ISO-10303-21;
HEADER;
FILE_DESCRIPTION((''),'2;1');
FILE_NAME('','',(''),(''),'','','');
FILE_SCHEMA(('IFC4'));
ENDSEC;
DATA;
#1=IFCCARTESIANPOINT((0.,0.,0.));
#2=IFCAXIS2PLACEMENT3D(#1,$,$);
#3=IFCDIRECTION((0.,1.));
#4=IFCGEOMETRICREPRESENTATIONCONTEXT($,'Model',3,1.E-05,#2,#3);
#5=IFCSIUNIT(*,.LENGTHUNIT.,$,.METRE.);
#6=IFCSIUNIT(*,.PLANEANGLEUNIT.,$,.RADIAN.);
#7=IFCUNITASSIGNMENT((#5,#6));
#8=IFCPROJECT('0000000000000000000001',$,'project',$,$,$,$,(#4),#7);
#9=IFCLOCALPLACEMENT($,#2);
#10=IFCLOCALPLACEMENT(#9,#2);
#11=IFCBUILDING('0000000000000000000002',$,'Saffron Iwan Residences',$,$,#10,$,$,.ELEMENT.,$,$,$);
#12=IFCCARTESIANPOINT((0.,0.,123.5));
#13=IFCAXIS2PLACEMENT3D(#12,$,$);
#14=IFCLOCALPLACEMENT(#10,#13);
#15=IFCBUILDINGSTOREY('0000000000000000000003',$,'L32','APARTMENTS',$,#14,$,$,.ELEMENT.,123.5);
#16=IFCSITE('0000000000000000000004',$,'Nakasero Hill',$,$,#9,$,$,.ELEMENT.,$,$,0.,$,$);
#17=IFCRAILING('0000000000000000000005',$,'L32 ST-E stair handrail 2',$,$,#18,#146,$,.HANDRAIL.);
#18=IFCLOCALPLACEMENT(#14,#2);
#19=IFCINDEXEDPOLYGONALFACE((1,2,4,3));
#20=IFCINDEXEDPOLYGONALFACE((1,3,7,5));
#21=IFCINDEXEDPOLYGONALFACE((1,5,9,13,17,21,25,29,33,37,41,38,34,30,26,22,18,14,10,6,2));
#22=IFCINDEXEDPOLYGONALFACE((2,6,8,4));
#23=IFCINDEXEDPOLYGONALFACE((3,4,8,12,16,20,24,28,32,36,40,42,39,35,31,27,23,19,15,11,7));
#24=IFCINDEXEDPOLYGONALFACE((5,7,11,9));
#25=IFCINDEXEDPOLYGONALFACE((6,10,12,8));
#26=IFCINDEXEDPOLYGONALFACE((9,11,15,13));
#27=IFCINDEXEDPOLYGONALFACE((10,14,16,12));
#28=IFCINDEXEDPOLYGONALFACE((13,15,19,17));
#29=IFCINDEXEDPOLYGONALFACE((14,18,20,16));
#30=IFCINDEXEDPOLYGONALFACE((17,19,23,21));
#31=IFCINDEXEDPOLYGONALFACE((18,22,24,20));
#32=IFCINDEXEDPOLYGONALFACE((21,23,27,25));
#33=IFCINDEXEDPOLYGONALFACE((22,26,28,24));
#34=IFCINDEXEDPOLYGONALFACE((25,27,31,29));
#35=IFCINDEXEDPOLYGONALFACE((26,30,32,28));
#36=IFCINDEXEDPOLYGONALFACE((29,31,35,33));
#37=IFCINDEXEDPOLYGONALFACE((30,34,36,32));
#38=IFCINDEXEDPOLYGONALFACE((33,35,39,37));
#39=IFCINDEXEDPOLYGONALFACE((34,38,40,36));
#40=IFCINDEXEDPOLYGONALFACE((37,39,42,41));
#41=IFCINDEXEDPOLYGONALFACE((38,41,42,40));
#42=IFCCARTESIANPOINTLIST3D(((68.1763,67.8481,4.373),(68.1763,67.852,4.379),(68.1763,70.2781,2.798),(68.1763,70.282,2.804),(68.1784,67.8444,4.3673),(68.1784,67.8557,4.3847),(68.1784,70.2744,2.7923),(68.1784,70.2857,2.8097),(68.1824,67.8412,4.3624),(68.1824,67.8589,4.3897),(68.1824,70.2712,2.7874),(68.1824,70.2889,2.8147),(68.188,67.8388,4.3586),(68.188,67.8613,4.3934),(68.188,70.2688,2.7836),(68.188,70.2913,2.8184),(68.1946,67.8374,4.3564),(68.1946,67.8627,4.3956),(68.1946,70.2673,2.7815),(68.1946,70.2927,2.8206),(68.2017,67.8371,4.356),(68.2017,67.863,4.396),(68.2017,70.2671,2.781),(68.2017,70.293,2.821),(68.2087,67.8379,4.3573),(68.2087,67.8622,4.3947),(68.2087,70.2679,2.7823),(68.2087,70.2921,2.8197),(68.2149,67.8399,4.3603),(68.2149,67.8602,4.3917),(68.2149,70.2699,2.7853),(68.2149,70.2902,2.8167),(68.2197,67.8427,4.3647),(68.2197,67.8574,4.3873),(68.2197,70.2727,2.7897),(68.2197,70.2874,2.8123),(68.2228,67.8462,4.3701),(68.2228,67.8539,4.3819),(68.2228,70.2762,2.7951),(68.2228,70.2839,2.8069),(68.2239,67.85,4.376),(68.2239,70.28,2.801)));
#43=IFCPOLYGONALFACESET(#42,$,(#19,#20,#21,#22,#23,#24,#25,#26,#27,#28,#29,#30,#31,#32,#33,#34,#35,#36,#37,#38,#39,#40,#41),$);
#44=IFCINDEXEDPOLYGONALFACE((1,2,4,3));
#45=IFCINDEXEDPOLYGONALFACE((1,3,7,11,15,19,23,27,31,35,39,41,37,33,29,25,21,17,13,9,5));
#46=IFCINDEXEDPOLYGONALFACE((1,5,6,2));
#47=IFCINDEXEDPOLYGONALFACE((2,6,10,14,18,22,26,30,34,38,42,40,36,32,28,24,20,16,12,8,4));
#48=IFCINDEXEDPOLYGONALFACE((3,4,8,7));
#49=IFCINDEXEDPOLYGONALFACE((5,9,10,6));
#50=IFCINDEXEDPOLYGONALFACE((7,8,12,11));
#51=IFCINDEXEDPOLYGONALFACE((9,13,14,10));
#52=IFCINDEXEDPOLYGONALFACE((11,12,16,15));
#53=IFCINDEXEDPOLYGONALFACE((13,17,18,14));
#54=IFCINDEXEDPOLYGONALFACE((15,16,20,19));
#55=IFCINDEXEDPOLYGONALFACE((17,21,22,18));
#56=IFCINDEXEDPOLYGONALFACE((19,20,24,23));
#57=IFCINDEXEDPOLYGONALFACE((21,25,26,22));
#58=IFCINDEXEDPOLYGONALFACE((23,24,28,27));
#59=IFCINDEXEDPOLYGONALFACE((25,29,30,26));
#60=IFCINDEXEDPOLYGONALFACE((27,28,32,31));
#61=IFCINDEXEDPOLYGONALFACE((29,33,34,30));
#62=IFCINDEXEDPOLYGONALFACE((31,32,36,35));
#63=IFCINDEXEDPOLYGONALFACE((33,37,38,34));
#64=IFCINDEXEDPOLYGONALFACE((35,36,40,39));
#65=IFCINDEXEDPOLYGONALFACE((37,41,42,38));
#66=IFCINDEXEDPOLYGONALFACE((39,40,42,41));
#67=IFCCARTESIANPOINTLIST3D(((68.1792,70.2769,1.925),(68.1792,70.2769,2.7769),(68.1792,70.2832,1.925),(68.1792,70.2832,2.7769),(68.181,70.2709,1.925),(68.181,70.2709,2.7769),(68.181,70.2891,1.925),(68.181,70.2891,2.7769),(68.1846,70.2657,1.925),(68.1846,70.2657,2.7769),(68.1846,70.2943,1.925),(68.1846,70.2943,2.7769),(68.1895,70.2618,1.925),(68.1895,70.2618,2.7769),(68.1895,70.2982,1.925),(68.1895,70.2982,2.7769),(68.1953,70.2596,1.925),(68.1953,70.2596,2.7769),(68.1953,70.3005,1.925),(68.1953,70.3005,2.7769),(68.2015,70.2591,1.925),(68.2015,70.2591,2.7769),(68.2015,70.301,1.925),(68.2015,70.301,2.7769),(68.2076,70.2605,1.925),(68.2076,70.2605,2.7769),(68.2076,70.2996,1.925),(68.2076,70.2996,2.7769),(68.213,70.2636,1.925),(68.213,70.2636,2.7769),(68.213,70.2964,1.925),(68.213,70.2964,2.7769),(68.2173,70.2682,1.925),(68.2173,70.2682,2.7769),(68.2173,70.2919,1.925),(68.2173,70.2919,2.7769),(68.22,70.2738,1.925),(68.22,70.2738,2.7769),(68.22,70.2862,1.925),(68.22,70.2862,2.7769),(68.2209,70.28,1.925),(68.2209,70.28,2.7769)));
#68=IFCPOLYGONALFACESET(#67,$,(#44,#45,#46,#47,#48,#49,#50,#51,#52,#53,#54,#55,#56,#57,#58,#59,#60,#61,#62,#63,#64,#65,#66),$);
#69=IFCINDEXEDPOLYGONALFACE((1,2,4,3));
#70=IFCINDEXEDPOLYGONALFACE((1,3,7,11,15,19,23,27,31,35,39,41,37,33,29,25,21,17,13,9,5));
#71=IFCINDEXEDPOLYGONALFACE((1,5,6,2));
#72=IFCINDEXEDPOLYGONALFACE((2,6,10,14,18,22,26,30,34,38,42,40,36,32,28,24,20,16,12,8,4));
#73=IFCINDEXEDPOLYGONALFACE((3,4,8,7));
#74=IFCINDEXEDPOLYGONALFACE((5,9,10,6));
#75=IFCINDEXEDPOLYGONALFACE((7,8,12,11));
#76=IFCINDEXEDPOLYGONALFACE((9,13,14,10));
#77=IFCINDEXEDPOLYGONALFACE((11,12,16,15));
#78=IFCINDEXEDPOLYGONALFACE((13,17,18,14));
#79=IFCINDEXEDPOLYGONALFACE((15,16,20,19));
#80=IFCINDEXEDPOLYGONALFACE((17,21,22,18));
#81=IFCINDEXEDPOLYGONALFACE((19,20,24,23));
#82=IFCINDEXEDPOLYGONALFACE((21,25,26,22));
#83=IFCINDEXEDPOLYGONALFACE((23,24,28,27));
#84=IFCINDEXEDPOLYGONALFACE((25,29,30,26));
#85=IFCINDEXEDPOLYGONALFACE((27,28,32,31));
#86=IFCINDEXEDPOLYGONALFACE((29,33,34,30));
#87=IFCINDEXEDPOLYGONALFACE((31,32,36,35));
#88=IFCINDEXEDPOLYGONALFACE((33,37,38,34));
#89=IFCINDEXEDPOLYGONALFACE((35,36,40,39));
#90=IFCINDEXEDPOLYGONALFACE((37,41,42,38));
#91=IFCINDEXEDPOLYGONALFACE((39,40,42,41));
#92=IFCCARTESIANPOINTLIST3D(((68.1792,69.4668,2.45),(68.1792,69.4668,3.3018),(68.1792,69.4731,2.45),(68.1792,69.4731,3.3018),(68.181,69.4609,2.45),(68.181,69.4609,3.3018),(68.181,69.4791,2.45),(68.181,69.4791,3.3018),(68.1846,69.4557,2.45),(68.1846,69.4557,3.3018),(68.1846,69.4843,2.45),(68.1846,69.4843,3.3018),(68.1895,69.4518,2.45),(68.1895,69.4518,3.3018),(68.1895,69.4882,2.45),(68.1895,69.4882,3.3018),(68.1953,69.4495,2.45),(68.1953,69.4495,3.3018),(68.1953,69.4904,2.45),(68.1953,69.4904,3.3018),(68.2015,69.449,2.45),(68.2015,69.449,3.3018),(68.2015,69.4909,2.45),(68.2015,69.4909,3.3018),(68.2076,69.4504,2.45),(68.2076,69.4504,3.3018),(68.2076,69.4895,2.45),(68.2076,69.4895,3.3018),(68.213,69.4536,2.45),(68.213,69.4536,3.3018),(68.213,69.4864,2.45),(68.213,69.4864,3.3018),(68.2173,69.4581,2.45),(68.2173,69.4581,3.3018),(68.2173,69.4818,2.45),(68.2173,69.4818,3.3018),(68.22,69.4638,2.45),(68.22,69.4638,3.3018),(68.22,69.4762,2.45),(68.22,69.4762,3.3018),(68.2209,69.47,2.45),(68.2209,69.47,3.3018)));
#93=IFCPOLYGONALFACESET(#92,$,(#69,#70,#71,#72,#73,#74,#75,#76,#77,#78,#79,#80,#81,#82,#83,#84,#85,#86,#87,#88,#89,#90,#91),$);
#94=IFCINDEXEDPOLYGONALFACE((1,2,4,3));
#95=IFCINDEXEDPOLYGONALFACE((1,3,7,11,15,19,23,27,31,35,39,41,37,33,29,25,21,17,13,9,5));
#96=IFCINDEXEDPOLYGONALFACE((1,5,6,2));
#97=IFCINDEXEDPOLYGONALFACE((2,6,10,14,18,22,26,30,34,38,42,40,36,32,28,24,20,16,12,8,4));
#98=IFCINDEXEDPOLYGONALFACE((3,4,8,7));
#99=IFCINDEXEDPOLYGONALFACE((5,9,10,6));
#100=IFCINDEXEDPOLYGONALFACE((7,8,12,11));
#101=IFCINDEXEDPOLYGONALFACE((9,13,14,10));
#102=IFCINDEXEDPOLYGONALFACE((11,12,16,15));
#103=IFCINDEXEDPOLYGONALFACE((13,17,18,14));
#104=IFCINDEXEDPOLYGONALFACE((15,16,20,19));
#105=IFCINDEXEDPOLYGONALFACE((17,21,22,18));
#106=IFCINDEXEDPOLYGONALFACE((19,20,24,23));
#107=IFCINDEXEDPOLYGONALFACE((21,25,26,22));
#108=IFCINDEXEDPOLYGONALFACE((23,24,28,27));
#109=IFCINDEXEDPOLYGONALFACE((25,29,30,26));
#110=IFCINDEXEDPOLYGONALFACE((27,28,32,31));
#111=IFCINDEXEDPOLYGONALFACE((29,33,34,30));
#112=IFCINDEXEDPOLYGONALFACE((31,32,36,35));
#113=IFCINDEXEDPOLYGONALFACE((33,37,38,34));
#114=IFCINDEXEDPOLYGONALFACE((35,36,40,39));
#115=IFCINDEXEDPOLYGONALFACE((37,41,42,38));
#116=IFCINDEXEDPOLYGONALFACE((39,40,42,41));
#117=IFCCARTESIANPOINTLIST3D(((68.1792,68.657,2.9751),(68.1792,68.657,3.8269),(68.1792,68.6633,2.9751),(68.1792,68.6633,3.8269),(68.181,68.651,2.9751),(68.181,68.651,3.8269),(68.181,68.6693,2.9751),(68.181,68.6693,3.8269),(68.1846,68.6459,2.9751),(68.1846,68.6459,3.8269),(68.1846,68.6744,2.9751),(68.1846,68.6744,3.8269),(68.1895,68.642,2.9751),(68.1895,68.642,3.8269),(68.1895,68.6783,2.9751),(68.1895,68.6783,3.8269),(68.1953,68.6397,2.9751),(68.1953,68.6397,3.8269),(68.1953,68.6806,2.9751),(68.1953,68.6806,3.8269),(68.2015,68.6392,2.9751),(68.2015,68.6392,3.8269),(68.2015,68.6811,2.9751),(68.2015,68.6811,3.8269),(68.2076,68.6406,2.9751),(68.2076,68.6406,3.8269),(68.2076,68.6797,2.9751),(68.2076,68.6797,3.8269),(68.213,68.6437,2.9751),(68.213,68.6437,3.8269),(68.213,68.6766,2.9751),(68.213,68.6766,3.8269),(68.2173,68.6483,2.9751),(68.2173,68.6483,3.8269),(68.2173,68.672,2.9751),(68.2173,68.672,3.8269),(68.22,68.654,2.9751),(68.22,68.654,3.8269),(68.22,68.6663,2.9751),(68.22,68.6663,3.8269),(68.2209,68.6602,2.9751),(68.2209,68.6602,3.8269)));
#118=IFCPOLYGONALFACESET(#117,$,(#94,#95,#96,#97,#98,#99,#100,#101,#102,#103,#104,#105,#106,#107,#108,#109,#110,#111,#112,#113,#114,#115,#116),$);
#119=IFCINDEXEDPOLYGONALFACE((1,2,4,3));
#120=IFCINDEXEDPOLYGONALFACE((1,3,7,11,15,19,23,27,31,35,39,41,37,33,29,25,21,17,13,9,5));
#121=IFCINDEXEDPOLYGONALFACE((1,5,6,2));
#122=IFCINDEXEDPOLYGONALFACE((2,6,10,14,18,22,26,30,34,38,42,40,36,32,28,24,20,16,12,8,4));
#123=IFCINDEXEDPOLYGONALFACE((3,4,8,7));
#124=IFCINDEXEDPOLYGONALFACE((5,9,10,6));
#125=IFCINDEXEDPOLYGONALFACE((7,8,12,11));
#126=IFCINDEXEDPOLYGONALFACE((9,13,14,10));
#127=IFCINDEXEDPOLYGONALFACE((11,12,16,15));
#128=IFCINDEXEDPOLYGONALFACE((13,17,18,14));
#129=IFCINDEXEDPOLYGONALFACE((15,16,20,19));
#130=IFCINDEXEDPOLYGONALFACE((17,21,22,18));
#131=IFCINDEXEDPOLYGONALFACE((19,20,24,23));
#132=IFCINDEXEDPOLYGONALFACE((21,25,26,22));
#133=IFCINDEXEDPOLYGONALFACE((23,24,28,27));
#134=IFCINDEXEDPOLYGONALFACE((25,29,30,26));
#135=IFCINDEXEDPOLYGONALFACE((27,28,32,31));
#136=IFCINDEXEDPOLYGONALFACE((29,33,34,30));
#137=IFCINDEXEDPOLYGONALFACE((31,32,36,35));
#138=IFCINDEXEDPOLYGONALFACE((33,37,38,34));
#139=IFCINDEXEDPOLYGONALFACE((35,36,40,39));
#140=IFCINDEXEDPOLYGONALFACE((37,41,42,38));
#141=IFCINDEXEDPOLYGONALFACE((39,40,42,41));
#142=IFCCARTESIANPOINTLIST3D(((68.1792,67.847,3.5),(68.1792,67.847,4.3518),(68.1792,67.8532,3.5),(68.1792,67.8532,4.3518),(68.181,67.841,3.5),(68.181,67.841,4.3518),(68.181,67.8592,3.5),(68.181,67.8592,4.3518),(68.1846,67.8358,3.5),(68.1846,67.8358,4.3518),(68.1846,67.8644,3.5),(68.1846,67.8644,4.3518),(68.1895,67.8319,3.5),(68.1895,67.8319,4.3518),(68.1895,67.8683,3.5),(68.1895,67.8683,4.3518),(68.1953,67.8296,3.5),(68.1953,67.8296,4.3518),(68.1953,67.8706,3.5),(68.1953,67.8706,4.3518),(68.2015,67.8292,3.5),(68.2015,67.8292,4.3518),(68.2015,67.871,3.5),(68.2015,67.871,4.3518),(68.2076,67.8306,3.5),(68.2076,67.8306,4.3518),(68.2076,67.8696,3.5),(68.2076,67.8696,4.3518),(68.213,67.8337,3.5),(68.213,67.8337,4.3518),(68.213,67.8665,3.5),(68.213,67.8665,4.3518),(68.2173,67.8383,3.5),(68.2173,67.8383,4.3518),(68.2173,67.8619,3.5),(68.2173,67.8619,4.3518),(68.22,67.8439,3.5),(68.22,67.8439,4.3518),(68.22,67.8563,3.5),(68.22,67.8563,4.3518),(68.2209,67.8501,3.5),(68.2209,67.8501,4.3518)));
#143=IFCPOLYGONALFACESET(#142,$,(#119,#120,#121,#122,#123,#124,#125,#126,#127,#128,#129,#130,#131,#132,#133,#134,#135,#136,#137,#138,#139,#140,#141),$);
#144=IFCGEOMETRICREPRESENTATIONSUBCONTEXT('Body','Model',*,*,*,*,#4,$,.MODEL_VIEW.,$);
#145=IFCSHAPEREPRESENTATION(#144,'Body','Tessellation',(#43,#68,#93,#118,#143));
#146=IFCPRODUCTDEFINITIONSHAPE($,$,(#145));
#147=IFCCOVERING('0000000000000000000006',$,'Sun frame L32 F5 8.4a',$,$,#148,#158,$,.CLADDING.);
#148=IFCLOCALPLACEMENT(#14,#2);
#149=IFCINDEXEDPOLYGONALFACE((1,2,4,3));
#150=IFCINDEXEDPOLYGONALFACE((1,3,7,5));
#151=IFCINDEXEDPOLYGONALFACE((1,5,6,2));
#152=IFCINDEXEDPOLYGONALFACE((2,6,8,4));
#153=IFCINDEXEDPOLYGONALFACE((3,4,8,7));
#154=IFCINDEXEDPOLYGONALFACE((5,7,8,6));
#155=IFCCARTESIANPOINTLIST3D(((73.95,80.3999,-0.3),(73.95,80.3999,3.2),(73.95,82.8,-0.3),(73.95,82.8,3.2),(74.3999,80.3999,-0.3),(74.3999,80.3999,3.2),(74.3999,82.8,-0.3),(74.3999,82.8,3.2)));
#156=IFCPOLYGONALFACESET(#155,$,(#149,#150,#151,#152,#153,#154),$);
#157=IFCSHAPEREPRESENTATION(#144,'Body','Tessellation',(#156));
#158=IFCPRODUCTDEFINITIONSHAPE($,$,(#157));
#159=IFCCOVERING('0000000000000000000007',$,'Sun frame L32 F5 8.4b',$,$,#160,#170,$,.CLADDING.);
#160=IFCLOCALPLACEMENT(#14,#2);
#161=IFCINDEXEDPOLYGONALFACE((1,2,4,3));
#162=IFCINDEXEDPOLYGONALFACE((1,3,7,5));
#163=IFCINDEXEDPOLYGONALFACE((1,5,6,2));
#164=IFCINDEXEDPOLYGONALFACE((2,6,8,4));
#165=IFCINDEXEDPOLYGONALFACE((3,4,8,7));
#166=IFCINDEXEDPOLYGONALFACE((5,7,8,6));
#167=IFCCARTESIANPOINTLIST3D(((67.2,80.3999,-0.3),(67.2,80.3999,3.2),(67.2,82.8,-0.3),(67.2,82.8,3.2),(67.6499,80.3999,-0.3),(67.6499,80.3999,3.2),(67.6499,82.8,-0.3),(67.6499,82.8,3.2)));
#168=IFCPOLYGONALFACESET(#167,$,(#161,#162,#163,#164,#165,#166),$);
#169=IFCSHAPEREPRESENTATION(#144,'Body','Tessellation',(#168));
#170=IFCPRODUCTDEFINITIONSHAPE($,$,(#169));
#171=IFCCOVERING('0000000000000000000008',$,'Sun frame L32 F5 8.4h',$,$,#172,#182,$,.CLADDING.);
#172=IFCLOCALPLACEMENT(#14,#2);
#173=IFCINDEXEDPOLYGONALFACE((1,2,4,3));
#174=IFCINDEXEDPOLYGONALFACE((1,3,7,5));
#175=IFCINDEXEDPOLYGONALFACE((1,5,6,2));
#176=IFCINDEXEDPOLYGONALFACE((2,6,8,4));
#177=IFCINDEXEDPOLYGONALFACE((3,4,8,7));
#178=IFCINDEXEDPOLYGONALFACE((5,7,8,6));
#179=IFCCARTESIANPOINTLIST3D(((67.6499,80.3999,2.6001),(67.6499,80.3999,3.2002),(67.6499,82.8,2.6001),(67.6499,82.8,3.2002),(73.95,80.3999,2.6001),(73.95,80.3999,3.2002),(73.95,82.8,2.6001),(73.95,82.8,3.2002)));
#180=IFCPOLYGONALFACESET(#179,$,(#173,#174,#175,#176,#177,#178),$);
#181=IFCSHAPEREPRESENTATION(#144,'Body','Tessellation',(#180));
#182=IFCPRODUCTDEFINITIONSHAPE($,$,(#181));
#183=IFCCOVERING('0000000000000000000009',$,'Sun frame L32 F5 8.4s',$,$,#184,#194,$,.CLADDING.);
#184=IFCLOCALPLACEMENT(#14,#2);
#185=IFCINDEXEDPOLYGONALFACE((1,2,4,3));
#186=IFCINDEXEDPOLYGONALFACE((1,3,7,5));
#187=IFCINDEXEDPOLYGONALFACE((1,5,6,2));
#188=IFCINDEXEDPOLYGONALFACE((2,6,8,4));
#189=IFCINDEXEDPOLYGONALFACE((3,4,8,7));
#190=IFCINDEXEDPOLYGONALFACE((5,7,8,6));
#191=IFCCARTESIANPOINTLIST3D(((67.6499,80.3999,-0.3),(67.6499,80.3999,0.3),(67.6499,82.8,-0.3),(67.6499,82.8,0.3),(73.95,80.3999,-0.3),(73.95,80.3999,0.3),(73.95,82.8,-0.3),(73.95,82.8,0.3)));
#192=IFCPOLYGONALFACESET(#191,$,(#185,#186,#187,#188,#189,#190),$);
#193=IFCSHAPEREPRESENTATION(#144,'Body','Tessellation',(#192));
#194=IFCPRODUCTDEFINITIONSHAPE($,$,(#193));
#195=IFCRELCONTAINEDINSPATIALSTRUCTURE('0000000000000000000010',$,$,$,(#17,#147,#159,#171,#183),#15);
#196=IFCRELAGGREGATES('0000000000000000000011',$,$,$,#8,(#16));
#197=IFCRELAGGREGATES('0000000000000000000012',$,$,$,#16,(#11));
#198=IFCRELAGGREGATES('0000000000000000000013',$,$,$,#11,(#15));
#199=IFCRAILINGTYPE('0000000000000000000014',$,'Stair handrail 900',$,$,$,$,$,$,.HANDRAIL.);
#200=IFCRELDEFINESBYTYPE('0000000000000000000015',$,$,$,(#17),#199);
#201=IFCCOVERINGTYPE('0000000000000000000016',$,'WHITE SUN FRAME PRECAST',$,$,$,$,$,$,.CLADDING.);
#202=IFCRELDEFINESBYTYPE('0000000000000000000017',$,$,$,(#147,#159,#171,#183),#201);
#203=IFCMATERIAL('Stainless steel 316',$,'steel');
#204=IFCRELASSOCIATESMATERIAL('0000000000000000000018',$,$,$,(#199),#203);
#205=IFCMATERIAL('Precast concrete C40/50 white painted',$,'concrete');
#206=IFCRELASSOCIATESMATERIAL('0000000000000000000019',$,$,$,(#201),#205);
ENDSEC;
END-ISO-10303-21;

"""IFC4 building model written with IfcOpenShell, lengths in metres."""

from ifc_helpers import new_model, si_unit, direction, frame, origin, origin_2d, place, context, subcontext, project, spatial, polyline, circle, outline, extrude, material, type_object, element, save


model = new_model("IFC4")

# Units and contexts
model_context = context("Model", 3, precision=1e-05, world=origin(), true_north=direction((0.0, 1.0)))
body_context = subcontext(model_context, "Body", "Model", "MODEL_VIEW")
ifc_project = project(units=[si_unit("LENGTHUNIT", "METRE"), si_unit("PLANEANGLEUNIT", "RADIAN")], contexts=[model_context])

# Site, building, storey
site_placement = place(None, origin())
site = spatial("IfcSite", under=ifc_project, at=site_placement, Name="Nakasero Hill", CompositionType="ELEMENT", RefElevation=0.0)
building_placement = place(site_placement, origin())
building = spatial("IfcBuilding", under=site, at=building_placement, Name="Saffron Iwan Residences", CompositionType="ELEMENT")
storey_placement = place(building_placement, frame((0.0, 0.0, 123.5)))
storey = spatial("IfcBuildingStorey", under=building, at=storey_placement, Name="L32", Description="APARTMENTS", CompositionType="ELEMENT", Elevation=123.5)

# Railing
ifc_material_1 = material(Name="Stainless steel 316", Category="steel")
railing_type = type_object("IfcRailingType", Name="Stair handrail 900", PredefinedType="HANDRAIL", material=ifc_material_1)
railing_placement = place(storey_placement, frame((68.2, 70.28, 1.925)))
element("IfcRailing", 1, at=railing_placement, inside=storey, type_object=railing_type, Name="L32 ST-E stair handrail 2", PredefinedType="HANDRAIL", context=body_context, shape_type="SweptSolid", body=[
    extrude(circle(Radius=0.0239, at=origin_2d()), frame((0.0, 0.0, 0.876), z_axis=(0.0, -0.839154, 0.543894), x_axis=(1.0, 0.0, 0.0)), (0.0, 0.0, 1.0), 2.8958),
    extrude(circle(Radius=0.021, at=origin_2d()), origin(), (0.0, 0.0, 1.0), 0.8518),
    extrude(circle(Radius=0.021, at=origin_2d()), frame((0.0, -0.8101, 0.5249)), (0.0, 0.0, 1.0), 0.8518),
    extrude(circle(Radius=0.021, at=origin_2d()), frame((0.0, -1.6199, 1.05)), (0.0, 0.0, 1.0), 0.8518),
    extrude(circle(Radius=0.021, at=origin_2d()), frame((0.0, -2.4299, 1.575)), (0.0, 0.0, 1.0), 0.8518),
])

# Coverings
ifc_material_2 = material(Name="Precast concrete C40/50 white painted", Category="concrete")
covering_type = type_object("IfcCoveringType", Name="WHITE SUN FRAME PRECAST", PredefinedType="CLADDING", material=ifc_material_2)
for number, where, z_axis, x_axis, name in (
    (2, (74.3999, 80.3999, -0.3), (0.0, 1.0, 0.0), (-1.0, 0.0, 0.0), "Sun frame L32 F5 8.4a"),
    (3, (67.6499, 80.3999, -0.3), (0.0, 1.0, 0.0), (-1.0, 0.0, 0.0), "Sun frame L32 F5 8.4b"),
):
    element("IfcCovering", number, at=place(storey_placement, frame(where, z_axis=z_axis, x_axis=x_axis)), inside=storey, type_object=covering_type, Name=name, PredefinedType="CLADDING", context=body_context, shape_type="SweptSolid", body=[
        extrude(outline(polyline([(0.0, 0.0), (0.45, 0.0), (0.45, 3.5), (0.0, 3.5), (0.0, 0.0)])), origin(), (0.0, 0.0, 1.0), 2.4001),
    ])
for number, where, z_axis, x_axis, name in (
    (4, (73.95, 80.3999, 2.6001), (0.0, 1.0, 0.0), (-1.0, 0.0, 0.0), "Sun frame L32 F5 8.4h"),
    (5, (73.95, 80.3999, -0.3), (0.0, 1.0, 0.0), (-1.0, 0.0, 0.0), "Sun frame L32 F5 8.4s"),
):
    element("IfcCovering", number, at=place(storey_placement, frame(where, z_axis=z_axis, x_axis=x_axis)), inside=storey, type_object=covering_type, Name=name, PredefinedType="CLADDING", context=body_context, shape_type="SweptSolid", body=[
        extrude(outline(polyline([(0.0, 0.0), (6.3, 0.0), (6.3, 0.6001), (0.0, 0.6001), (0.0, 0.0)])), origin(), (0.0, 0.0, 1.0), 2.4001),
    ])

save(model, "model.ifc")
